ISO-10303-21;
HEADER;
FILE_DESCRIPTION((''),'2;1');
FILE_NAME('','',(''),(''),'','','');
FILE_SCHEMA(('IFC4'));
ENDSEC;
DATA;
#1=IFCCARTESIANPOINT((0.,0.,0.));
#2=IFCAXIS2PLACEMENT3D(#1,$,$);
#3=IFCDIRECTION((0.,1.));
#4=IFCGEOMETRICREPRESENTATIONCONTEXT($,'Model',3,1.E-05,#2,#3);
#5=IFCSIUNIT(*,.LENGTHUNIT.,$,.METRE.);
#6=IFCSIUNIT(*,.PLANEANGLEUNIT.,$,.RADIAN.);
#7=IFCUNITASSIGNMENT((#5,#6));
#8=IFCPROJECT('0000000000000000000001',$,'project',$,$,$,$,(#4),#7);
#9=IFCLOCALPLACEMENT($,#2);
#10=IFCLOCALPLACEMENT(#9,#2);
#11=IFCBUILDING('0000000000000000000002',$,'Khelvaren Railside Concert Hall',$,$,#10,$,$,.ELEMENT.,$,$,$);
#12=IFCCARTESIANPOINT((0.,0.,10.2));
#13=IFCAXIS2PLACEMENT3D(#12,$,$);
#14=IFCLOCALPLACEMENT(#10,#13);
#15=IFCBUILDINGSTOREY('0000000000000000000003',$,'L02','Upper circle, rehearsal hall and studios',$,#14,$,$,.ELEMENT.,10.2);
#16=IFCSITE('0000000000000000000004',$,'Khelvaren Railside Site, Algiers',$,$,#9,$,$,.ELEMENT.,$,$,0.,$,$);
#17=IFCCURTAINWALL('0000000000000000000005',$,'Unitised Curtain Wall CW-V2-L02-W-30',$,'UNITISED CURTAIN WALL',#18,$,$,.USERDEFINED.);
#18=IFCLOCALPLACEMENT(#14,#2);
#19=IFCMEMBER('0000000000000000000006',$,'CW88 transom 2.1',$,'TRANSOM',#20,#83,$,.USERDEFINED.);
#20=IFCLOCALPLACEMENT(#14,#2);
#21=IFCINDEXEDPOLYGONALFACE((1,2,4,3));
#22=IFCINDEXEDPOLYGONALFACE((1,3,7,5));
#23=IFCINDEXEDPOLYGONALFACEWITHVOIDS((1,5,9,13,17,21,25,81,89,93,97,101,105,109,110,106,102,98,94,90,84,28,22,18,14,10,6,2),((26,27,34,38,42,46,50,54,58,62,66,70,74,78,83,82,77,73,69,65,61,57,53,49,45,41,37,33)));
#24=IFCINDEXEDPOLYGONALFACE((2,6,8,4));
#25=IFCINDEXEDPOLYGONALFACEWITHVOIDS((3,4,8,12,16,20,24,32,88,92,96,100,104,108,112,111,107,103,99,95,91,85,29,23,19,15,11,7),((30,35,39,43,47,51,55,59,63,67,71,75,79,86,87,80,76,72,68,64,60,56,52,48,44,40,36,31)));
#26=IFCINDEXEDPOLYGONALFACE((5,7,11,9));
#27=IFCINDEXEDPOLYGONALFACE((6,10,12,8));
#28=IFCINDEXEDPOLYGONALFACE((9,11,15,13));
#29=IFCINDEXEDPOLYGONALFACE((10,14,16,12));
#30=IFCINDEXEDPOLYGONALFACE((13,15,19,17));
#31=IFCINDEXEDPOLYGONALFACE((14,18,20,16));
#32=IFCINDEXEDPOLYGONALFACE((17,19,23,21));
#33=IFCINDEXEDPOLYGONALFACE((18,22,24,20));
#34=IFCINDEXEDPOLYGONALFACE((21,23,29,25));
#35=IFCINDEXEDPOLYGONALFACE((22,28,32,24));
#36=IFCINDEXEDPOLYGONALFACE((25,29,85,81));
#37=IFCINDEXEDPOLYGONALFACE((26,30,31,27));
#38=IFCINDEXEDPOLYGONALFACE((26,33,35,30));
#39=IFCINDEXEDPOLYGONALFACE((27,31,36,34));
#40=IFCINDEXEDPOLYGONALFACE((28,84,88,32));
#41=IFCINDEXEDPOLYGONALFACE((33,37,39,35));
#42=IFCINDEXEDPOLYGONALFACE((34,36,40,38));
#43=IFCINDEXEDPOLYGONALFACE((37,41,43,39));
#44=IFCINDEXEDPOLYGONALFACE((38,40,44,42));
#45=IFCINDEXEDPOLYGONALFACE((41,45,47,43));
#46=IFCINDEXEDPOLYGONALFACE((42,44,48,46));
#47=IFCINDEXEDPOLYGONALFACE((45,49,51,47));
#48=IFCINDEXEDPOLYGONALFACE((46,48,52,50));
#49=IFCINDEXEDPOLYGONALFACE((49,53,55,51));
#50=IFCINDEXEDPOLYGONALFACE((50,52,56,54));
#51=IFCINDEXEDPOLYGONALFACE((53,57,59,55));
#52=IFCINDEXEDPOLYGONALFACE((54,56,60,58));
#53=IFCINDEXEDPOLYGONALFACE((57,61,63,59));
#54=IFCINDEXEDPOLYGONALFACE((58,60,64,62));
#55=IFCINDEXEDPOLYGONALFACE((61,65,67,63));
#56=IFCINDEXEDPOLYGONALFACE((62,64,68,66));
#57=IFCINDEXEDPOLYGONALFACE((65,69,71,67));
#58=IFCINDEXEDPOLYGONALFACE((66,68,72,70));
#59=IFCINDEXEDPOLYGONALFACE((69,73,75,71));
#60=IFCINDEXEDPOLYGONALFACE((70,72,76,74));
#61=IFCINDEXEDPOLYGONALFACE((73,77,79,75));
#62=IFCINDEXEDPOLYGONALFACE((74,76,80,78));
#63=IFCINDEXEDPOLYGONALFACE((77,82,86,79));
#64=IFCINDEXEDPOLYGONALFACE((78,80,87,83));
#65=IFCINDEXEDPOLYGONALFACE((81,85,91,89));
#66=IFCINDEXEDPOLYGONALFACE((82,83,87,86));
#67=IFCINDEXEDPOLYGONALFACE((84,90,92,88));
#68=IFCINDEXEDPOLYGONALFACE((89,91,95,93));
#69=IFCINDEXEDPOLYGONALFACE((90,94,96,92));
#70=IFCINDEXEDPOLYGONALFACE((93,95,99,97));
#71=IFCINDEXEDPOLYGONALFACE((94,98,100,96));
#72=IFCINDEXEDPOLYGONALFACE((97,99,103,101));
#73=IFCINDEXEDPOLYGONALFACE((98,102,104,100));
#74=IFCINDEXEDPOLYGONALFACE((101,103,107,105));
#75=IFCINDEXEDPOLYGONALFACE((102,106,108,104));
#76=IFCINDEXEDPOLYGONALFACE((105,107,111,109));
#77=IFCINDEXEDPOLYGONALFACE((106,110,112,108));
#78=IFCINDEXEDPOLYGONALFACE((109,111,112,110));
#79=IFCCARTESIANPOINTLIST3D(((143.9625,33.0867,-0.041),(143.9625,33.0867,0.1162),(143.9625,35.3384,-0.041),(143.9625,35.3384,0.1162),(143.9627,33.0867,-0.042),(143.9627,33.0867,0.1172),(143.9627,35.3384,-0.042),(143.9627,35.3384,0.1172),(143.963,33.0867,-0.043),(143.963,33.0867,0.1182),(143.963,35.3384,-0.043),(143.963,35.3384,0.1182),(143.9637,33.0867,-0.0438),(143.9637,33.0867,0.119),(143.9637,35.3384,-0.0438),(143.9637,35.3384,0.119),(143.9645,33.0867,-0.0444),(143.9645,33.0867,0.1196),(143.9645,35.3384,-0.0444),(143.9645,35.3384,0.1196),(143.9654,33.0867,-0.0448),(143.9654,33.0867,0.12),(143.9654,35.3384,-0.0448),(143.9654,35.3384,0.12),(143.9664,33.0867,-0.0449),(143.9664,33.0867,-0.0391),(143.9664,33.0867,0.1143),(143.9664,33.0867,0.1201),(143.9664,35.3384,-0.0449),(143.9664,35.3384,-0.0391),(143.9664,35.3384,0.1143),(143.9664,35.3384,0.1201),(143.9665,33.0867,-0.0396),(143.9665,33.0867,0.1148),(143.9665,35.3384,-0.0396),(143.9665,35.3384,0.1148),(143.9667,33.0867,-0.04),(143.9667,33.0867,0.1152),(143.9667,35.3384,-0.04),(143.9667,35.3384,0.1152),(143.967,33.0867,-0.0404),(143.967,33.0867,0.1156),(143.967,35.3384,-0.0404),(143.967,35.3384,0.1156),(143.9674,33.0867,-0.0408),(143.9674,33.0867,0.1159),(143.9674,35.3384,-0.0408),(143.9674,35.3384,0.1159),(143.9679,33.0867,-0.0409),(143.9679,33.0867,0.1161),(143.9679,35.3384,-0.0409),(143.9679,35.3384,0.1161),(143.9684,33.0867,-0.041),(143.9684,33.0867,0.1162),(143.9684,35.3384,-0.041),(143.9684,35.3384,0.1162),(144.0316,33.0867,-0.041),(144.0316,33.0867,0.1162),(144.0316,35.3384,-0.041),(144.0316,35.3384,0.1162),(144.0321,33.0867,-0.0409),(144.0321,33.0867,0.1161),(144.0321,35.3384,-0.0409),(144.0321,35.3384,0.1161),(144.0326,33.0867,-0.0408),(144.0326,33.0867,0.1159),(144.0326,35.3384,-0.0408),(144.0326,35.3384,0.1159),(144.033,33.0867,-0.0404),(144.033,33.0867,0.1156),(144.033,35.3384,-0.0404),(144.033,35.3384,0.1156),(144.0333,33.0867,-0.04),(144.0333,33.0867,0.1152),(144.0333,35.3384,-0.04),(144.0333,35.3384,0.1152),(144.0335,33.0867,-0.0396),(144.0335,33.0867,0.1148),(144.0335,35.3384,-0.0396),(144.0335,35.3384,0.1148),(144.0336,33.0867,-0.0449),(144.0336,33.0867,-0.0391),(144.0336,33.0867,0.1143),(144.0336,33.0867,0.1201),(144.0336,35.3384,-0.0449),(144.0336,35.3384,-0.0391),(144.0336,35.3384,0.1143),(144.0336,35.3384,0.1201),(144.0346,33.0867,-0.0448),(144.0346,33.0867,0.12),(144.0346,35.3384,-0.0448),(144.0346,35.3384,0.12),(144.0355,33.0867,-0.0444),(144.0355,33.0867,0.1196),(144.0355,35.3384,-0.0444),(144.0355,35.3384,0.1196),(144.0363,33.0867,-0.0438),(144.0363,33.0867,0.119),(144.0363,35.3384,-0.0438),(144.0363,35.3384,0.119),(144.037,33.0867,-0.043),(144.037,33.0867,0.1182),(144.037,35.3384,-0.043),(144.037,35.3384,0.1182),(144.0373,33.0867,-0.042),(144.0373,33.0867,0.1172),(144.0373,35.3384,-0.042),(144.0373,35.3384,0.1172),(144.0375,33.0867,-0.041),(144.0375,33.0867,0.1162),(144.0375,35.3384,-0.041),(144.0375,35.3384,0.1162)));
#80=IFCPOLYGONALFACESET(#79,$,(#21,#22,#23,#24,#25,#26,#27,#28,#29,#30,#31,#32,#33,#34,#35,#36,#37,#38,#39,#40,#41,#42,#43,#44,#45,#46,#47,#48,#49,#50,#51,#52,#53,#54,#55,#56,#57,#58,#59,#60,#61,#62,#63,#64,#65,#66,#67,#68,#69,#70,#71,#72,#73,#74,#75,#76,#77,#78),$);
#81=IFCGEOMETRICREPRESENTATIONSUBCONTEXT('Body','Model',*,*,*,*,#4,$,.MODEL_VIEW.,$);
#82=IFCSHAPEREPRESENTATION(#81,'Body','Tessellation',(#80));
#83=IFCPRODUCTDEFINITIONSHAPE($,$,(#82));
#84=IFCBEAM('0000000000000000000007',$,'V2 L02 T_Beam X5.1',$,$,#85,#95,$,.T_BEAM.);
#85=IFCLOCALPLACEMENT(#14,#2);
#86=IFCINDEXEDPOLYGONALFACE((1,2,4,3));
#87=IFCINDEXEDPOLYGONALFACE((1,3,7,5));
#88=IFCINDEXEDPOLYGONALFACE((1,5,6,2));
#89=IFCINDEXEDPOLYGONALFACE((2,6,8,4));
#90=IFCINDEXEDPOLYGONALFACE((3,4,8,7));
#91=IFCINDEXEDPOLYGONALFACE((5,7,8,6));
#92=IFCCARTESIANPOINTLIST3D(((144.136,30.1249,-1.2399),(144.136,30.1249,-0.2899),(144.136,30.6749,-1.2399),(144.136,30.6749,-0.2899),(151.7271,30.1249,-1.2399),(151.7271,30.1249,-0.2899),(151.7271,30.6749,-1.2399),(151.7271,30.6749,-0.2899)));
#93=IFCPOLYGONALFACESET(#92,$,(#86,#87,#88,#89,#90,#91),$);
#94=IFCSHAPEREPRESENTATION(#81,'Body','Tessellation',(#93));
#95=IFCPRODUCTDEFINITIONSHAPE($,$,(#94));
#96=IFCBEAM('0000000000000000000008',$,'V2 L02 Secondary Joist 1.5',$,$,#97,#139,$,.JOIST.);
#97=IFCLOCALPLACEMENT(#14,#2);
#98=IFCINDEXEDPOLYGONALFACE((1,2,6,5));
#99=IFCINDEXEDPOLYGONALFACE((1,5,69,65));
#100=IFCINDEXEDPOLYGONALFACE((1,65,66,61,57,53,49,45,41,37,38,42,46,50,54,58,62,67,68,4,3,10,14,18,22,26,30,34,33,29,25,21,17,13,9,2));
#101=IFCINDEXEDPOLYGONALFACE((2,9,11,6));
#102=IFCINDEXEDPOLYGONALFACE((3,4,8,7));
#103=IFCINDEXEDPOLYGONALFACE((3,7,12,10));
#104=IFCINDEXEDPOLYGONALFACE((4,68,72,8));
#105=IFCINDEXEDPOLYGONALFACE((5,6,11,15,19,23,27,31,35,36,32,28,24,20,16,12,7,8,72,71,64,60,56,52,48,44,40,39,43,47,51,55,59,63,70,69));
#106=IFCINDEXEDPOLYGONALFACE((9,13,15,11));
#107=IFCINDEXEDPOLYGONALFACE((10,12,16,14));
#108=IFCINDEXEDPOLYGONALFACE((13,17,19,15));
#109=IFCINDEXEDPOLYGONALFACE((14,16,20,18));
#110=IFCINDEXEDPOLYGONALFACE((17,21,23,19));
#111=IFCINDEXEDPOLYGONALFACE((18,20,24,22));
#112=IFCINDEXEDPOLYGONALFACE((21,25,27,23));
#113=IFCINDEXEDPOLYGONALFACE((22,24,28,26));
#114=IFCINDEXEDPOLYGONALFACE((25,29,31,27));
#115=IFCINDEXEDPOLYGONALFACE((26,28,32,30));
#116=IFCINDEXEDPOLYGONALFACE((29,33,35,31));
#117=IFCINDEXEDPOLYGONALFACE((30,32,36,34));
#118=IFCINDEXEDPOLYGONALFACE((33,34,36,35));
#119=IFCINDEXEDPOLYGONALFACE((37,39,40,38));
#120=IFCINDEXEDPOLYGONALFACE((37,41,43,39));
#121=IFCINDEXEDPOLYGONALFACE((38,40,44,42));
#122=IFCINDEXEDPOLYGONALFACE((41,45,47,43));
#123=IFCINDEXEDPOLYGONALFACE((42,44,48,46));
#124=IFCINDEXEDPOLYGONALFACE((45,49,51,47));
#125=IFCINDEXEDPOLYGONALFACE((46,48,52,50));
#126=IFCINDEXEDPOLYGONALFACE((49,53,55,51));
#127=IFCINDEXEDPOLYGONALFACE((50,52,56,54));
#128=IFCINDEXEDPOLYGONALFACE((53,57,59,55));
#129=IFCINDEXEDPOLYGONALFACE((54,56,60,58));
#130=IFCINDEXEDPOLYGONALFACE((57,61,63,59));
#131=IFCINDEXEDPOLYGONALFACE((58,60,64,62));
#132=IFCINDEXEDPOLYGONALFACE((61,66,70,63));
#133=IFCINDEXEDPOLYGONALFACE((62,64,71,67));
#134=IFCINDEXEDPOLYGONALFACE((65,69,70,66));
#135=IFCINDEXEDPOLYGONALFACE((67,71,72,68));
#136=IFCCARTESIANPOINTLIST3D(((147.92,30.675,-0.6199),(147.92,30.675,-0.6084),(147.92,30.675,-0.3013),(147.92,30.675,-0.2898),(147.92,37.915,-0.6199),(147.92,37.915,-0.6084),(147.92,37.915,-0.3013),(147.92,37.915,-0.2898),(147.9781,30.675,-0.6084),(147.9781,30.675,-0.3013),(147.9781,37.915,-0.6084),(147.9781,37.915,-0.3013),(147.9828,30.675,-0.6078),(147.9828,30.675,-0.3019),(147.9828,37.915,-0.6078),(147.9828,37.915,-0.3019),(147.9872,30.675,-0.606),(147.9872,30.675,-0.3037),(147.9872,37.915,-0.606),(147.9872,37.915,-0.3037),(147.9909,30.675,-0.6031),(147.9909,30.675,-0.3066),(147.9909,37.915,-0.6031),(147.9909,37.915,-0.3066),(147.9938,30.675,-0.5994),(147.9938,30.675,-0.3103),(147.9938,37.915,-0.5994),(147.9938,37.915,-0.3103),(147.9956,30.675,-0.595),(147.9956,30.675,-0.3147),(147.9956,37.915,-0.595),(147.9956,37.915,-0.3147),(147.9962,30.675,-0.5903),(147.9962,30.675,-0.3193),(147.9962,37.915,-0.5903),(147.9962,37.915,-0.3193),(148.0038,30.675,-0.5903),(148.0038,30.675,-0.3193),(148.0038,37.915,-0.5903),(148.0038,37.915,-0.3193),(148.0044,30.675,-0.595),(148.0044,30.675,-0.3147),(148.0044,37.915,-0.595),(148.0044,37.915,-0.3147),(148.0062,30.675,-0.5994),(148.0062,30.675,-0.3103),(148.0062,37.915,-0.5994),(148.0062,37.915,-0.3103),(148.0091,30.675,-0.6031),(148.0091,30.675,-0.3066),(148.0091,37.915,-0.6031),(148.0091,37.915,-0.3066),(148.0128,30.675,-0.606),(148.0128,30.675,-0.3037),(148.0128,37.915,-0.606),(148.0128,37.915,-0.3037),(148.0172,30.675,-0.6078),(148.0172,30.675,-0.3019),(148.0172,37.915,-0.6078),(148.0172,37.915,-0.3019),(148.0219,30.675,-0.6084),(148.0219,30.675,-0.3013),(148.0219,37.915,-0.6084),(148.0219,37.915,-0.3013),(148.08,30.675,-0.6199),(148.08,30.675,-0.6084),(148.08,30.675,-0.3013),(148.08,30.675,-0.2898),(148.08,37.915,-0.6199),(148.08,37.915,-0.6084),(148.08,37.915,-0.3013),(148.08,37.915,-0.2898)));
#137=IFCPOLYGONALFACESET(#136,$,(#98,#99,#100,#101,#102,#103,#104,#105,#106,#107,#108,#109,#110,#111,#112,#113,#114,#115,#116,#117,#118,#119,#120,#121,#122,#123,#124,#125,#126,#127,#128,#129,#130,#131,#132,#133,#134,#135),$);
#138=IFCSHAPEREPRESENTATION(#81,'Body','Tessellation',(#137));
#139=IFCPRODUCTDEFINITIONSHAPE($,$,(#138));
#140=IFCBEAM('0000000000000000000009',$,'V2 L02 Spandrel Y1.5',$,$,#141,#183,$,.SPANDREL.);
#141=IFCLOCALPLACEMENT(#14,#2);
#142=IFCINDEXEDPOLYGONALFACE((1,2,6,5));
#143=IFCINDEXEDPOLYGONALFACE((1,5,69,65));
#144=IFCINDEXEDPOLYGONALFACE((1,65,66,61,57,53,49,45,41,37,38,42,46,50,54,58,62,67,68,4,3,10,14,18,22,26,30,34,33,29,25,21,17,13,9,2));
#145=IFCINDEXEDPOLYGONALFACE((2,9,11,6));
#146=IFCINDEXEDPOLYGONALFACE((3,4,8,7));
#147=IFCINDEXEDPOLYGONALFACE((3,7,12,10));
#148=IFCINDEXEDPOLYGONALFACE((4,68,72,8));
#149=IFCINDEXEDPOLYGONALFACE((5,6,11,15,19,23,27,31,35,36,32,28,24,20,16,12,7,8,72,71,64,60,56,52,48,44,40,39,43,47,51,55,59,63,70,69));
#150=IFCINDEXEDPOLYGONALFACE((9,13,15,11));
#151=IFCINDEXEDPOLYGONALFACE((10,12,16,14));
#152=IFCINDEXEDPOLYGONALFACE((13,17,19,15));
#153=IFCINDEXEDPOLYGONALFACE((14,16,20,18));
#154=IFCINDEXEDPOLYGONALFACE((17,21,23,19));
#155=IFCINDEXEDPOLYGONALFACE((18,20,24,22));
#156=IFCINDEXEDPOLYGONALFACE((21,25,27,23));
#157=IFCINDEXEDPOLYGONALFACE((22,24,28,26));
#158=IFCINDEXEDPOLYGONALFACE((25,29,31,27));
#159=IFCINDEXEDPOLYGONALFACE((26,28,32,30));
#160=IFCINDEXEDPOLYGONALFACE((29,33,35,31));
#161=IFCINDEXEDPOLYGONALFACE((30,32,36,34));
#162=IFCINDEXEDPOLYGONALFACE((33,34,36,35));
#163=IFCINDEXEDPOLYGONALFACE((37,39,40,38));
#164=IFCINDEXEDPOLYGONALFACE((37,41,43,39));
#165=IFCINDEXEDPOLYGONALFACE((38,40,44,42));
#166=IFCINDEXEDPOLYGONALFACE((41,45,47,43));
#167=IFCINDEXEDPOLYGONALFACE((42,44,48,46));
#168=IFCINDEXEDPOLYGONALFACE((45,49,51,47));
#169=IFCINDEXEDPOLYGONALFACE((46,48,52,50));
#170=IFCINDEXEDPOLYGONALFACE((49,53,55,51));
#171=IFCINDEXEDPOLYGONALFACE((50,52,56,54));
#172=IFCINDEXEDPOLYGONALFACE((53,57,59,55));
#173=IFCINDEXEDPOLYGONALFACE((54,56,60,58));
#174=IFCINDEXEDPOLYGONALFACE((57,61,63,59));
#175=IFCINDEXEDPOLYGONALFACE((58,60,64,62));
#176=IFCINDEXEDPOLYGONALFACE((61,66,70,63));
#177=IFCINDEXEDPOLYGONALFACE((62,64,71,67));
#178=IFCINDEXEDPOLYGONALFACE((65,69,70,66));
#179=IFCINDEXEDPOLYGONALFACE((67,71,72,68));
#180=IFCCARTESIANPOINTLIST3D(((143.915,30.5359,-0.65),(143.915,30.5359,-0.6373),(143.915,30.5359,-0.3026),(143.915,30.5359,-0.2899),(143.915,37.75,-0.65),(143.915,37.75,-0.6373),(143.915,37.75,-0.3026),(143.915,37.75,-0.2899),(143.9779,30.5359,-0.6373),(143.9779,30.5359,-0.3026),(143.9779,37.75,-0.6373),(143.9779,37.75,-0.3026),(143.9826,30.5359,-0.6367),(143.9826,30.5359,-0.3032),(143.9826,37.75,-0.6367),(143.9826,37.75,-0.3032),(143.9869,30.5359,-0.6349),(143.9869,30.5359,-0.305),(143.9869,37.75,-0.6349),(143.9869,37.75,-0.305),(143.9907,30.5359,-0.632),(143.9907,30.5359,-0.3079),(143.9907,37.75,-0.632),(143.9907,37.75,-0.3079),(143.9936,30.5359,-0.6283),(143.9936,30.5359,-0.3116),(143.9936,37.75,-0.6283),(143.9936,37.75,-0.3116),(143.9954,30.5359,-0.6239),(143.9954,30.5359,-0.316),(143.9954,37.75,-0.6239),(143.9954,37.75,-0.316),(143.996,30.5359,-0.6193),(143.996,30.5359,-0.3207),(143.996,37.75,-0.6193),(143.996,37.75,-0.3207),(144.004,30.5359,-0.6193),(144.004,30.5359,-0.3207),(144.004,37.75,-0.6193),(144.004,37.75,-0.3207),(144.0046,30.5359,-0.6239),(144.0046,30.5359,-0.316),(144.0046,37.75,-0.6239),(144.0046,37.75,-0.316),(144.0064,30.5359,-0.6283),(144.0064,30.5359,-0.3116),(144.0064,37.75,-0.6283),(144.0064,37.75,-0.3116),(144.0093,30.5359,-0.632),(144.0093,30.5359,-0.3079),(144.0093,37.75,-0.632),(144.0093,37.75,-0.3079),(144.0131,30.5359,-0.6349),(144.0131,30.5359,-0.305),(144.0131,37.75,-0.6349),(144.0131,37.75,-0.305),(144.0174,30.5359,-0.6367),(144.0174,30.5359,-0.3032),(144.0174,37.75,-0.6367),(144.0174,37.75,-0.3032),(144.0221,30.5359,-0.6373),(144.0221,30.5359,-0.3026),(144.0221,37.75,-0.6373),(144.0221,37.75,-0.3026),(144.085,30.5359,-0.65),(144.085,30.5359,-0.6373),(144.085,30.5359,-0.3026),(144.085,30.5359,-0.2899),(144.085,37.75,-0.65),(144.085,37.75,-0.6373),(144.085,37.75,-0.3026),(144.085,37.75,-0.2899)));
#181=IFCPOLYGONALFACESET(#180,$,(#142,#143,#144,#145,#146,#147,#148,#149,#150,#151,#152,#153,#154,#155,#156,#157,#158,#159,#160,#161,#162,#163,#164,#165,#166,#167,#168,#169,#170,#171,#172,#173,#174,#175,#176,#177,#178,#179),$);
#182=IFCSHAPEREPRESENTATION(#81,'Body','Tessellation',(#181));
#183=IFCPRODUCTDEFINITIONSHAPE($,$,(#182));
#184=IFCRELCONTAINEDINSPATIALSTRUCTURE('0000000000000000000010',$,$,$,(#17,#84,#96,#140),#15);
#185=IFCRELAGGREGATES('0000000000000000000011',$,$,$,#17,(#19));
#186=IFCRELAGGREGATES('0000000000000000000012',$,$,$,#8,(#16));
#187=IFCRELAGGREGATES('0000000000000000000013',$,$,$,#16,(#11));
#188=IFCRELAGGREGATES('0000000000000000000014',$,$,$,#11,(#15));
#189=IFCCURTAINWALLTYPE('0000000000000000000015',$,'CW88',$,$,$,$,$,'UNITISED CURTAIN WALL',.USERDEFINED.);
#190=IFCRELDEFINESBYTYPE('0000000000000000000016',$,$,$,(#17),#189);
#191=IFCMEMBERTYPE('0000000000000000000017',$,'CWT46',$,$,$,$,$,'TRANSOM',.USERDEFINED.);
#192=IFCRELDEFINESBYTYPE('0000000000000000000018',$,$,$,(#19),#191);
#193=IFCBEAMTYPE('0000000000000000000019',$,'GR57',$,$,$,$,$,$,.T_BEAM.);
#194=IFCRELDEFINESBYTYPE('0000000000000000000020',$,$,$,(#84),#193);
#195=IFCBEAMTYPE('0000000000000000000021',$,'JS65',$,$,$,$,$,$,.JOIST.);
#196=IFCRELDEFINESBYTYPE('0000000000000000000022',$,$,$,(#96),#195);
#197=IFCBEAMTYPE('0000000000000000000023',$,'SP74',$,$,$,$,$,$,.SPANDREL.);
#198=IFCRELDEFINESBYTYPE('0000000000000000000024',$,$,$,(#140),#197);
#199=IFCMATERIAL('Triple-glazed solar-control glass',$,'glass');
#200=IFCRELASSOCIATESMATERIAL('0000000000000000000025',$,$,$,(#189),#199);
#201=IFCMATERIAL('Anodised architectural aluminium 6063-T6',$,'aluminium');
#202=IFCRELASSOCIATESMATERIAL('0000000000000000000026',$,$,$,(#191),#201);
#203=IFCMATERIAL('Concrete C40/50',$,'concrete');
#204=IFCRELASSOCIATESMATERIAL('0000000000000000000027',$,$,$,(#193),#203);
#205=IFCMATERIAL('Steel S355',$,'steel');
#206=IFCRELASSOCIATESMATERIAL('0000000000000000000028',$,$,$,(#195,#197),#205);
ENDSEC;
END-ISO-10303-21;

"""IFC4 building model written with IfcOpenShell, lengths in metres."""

from ifc_helpers import new_model, si_unit, direction, frame, origin, origin_2d, place, context, subcontext, project, spatial, rectangle, hollow_rectangle, i_section, extrude, material, material_profile, profile_set, type_object, element, aggregate, save


model = new_model("IFC4")

# Units and contexts
model_context = context("Model", 3, precision=1e-05, world=origin(), true_north=direction((0.0, 1.0)))
body_context = subcontext(model_context, "Body", "Model", "MODEL_VIEW")
ifc_project = project(units=[si_unit("LENGTHUNIT", "METRE"), si_unit("PLANEANGLEUNIT", "RADIAN")], contexts=[model_context])

# Site, building, storey
site_placement = place(None, origin())
site = spatial("IfcSite", under=ifc_project, at=site_placement, Name="Khelvaren Railside Site, Algiers", CompositionType="ELEMENT", RefElevation=0.0)
building_placement = place(site_placement, origin())
building = spatial("IfcBuilding", under=site, at=building_placement, Name="Khelvaren Railside Concert Hall", CompositionType="ELEMENT")
storey_placement = place(building_placement, frame((0.0, 0.0, 10.2)))
storey = spatial("IfcBuildingStorey", under=building, at=storey_placement, Name="L02", Description="Upper circle, rehearsal hall and studios", CompositionType="ELEMENT", Elevation=10.2)

# Shared definitions
ifc_material_1 = material(Name="Steel S355", Category="steel")

# Shared definitions
ifc_material_2 = material(Name="Concrete C40/50", Category="concrete")

# Curtain wall
ifc_material_3 = material(Name="Triple-glazed solar-control glass", Category="glass")
curtain_wall_type_1 = type_object("IfcCurtainWallType", Name="CW88", ElementType="UNITISED CURTAIN WALL", PredefinedType="USERDEFINED", material=ifc_material_3)
curtain_wall_1_placement = place(storey_placement, origin())
curtain_wall_1 = element("IfcCurtainWall", 1, at=curtain_wall_1_placement, inside=storey, type_object=curtain_wall_type_1, Name="Unitised Curtain Wall CW-V2-L02-W-30", ObjectType="UNITISED CURTAIN WALL", PredefinedType="USERDEFINED")
ifc_material_4 = material(Name="Anodised architectural aluminium 6063-T6", Category="aluminium")

# Member
ifc_material_profile_1 = material_profile(ifc_material_4, hollow_rectangle(XDim=0.075, YDim=0.165, WallThickness=0.0039, InnerFilletRadius=0.002, OuterFilletRadius=0.0039, at=origin_2d()), Name="CWT 75x165x4")
ifc_profile_set_1 = profile_set([ifc_material_profile_1], Name="Anodised architectural aluminium 6063-T6")
member_type_1 = type_object("IfcMemberType", Name="CWT46", ElementType="TRANSOM", PredefinedType="USERDEFINED", material=ifc_profile_set_1)
member_1_placement = place(storey_placement, frame((144.0, 33.0867, 0.0376), z_axis=(0.0, 1.0, 0.0), x_axis=(-1.0, 0.0, 0.0)))
member_1 = element("IfcMember", 2, at=member_1_placement, type_object=member_type_1, Name="CW88 transom 2.1", ObjectType="TRANSOM", PredefinedType="USERDEFINED", context=body_context, shape_type="SweptSolid", body=[
    extrude(hollow_rectangle(XDim=0.075, YDim=0.165, WallThickness=0.0039, InnerFilletRadius=0.002, OuterFilletRadius=0.0039, at=origin_2d()), origin(), (0.0, 0.0, 1.0), 2.2517),
])

# Beams
ifc_material_profile_2 = material_profile(ifc_material_2, rectangle(XDim=0.55, YDim=0.95, at=origin_2d()), Name="RCB 550x950")
ifc_profile_set_2 = profile_set([ifc_material_profile_2], Name="Concrete C40/50")
beam_type_1 = type_object("IfcBeamType", Name="GR57", PredefinedType="T_BEAM", material=ifc_profile_set_2)
beam_1_placement = place(storey_placement, frame((144.136, 30.3999, -0.7649), z_axis=(1.0, 0.0, 0.0), x_axis=(0.0, 1.0, 0.0)))
element("IfcBeam", 3, at=beam_1_placement, inside=storey, type_object=beam_type_1, Name="V2 L02 T_Beam X5.1", PredefinedType="T_BEAM", context=body_context, shape_type="SweptSolid", body=[
    extrude(rectangle(XDim=0.55, YDim=0.95, at=origin_2d()), origin(), (0.0, 0.0, 1.0), 7.5911),
])
ifc_material_profile_3 = material_profile(ifc_material_1, i_section(OverallWidth=0.1599, OverallDepth=0.3301, WebThickness=0.0076, FlangeThickness=0.0115, FilletRadius=0.0181, at=origin_2d()), Name="IPE 330")
ifc_profile_set_3 = profile_set([ifc_material_profile_3], Name="Steel S355")
beam_type_2 = type_object("IfcBeamType", Name="JS65", PredefinedType="JOIST", material=ifc_profile_set_3)
beam_2_placement = place(storey_placement, frame((148.0, 30.675, -0.4548), z_axis=(0.0, 1.0, 0.0), x_axis=(-1.0, 0.0, 0.0)))
element("IfcBeam", 4, at=beam_2_placement, inside=storey, type_object=beam_type_2, Name="V2 L02 Secondary Joist 1.5", PredefinedType="JOIST", context=body_context, shape_type="SweptSolid", body=[
    extrude(i_section(OverallWidth=0.1599, OverallDepth=0.3301, WebThickness=0.0076, FlangeThickness=0.0115, FilletRadius=0.0181, at=origin_2d()), origin(), (0.0, 0.0, 1.0), 7.24),
])
ifc_material_profile_4 = material_profile(ifc_material_1, i_section(OverallWidth=0.1699, OverallDepth=0.3601, WebThickness=0.0081, FlangeThickness=0.0127, FilletRadius=0.0181, at=origin_2d()), Name="IPE 360")
ifc_profile_set_4 = profile_set([ifc_material_profile_4], Name="Steel S355")
beam_type_3 = type_object("IfcBeamType", Name="SP74", PredefinedType="SPANDREL", material=ifc_profile_set_4)
beam_3_placement = place(storey_placement, frame((144.0, 30.5359, -0.47), z_axis=(0.0, 1.0, 0.0), x_axis=(-1.0, 0.0, 0.0)))
element("IfcBeam", 5, at=beam_3_placement, inside=storey, type_object=beam_type_3, Name="V2 L02 Spandrel Y1.5", PredefinedType="SPANDREL", context=body_context, shape_type="SweptSolid", body=[
    extrude(i_section(OverallWidth=0.1699, OverallDepth=0.3601, WebThickness=0.0081, FlangeThickness=0.0127, FilletRadius=0.0181, at=origin_2d()), origin(), (0.0, 0.0, 1.0), 7.2141),
])

aggregate(curtain_wall_1, [member_1])

save(model, "model.ifc")
